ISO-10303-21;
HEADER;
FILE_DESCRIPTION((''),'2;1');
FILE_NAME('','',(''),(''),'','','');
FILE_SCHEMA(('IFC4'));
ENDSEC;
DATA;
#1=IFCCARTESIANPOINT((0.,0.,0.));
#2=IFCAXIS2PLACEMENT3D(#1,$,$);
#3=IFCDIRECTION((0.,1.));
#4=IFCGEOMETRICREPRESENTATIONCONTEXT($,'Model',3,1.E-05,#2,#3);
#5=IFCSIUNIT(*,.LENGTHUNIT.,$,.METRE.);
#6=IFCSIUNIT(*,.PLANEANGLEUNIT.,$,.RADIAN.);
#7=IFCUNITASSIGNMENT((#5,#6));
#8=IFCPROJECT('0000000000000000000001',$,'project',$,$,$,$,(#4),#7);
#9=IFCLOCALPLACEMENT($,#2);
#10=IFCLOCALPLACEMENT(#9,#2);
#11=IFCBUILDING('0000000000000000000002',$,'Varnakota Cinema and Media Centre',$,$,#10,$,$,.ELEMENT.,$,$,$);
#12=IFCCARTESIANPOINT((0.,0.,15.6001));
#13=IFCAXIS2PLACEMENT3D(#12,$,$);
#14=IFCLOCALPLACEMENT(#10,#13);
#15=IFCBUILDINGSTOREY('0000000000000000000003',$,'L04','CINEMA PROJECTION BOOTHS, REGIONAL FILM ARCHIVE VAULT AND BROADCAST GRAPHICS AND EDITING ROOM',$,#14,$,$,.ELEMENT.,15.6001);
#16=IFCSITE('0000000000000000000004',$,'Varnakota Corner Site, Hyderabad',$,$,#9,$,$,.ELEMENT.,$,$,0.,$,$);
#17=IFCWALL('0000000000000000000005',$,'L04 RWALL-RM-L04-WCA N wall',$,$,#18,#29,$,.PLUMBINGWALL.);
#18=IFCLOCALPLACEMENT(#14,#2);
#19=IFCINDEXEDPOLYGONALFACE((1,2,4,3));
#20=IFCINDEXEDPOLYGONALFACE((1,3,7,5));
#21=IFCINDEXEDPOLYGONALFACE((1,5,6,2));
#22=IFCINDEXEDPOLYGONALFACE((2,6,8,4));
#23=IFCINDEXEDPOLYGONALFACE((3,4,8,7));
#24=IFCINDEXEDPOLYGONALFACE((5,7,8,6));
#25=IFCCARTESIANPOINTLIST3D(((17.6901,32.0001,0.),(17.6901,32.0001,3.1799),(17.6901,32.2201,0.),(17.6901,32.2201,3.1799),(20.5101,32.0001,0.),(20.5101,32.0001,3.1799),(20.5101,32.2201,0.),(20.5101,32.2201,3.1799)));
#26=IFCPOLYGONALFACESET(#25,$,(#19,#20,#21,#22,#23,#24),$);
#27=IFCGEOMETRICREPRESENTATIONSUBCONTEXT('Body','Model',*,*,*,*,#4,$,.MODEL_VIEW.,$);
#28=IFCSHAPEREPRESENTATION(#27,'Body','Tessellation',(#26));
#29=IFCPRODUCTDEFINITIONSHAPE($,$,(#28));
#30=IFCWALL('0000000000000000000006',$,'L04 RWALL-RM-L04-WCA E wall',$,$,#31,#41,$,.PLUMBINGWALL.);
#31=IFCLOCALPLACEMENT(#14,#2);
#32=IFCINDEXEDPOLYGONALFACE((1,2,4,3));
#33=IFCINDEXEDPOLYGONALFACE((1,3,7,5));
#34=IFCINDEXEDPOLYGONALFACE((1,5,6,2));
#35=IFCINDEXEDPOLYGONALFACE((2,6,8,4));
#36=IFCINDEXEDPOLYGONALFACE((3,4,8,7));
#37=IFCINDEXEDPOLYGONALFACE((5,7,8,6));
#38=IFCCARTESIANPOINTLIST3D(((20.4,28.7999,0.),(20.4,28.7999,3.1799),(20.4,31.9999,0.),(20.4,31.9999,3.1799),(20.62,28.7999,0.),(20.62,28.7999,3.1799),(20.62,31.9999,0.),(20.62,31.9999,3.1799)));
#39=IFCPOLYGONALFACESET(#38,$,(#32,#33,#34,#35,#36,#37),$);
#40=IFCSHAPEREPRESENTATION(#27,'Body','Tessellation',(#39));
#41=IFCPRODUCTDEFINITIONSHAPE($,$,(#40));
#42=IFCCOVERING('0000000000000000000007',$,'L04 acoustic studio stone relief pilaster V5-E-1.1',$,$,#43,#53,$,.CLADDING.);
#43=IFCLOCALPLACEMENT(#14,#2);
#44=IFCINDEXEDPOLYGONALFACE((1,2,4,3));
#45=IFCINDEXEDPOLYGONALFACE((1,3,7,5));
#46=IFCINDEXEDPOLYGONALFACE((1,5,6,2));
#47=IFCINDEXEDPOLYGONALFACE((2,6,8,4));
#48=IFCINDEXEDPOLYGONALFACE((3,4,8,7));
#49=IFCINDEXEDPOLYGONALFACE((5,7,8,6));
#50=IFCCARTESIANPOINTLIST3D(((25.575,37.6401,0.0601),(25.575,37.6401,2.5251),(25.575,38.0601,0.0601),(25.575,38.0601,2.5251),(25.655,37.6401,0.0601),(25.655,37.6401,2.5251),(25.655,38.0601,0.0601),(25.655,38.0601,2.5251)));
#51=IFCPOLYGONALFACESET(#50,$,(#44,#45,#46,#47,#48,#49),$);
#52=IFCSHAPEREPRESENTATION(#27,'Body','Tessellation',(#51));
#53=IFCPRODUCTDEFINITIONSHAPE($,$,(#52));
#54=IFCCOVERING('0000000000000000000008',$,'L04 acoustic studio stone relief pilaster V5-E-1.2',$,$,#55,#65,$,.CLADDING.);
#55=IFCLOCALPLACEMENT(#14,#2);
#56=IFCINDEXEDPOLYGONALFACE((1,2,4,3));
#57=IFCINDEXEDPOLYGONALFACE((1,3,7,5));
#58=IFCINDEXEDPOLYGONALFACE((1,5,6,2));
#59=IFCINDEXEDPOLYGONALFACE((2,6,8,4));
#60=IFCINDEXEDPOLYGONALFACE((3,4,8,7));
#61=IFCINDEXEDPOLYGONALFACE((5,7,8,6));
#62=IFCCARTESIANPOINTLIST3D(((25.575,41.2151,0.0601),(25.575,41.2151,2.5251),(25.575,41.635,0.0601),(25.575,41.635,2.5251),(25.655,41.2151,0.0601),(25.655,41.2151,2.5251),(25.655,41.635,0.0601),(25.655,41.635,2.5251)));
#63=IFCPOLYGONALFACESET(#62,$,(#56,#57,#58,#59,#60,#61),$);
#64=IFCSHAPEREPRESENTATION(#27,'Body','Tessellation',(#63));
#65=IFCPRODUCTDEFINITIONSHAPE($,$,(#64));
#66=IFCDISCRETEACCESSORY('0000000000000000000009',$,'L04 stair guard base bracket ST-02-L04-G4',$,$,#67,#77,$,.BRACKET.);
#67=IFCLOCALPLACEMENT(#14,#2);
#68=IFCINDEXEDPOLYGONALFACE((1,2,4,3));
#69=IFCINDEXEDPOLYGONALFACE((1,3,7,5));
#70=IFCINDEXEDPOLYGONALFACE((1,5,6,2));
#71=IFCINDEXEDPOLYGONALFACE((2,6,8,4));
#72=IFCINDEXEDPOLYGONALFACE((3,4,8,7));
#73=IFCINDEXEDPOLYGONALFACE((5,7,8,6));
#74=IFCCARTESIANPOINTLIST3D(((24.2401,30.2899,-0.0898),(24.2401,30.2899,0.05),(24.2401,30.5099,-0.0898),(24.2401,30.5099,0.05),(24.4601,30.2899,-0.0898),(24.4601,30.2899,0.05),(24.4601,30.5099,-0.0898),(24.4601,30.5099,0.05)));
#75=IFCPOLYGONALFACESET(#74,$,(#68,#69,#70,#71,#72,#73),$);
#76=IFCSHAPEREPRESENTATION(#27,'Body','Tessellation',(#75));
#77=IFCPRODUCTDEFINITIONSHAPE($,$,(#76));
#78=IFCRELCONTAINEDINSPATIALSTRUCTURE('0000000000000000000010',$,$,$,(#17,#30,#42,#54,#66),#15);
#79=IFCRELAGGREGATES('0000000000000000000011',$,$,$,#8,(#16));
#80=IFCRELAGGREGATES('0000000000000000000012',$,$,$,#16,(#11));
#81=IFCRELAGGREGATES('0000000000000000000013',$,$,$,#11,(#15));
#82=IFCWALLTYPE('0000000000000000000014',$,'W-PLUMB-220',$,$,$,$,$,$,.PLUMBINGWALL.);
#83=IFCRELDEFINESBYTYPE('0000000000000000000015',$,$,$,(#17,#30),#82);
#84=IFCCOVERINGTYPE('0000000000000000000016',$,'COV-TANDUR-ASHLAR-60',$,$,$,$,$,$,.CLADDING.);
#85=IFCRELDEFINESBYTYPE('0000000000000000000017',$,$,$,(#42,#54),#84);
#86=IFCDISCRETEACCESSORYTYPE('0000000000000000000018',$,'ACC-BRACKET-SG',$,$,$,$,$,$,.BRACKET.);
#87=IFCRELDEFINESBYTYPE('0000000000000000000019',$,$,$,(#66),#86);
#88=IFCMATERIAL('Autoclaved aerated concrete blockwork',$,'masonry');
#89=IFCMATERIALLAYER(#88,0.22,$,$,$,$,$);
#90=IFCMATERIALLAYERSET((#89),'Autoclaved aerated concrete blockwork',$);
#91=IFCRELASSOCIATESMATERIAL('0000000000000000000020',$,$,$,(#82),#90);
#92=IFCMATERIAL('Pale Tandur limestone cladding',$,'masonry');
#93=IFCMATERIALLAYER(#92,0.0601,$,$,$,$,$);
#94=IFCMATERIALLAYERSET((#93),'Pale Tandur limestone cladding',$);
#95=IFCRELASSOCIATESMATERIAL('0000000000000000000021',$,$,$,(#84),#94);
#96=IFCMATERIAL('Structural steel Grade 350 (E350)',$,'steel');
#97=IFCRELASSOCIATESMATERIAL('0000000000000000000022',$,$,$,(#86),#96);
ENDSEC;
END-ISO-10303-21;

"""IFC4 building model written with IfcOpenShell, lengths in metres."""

from ifc_helpers import new_model, si_unit, direction, frame, frame_2d, origin, origin_2d, place, context, subcontext, project, spatial, rectangle, extrude, material, layer, layer_set, type_object, element, save


model = new_model("IFC4")

# Units and contexts
model_context = context("Model", 3, precision=1e-05, world=origin(), true_north=direction((0.0, 1.0)))
body_context = subcontext(model_context, "Body", "Model", "MODEL_VIEW")
ifc_project = project(units=[si_unit("LENGTHUNIT", "METRE"), si_unit("PLANEANGLEUNIT", "RADIAN")], contexts=[model_context])

# Site, building, storey
site_placement = place(None, origin())
site = spatial("IfcSite", under=ifc_project, at=site_placement, Name="Varnakota Corner Site, Hyderabad", CompositionType="ELEMENT", RefElevation=0.0)
building_placement = place(site_placement, origin())
building = spatial("IfcBuilding", under=site, at=building_placement, Name="Varnakota Cinema and Media Centre", CompositionType="ELEMENT")
storey_placement = place(building_placement, frame((0.0, 0.0, 15.6001)))
storey = spatial("IfcBuildingStorey", under=building, at=storey_placement, Name="L04", Description="CINEMA PROJECTION BOOTHS, REGIONAL FILM ARCHIVE VAULT AND BROADCAST GRAPHICS AND EDITING ROOM", CompositionType="ELEMENT", Elevation=15.6001)

# Walls
ifc_material_1 = material(Name="Autoclaved aerated concrete blockwork", Category="masonry")
ifc_layer_1 = layer(ifc_material_1, 0.22)
ifc_layer_set_1 = layer_set([ifc_layer_1], Name="Autoclaved aerated concrete blockwork")
wall_type_1 = type_object("IfcWallType", Name="W-PLUMB-220", PredefinedType="PLUMBINGWALL", material=ifc_layer_set_1)
wall_1_placement = place(storey_placement, frame((17.6899, 32.1101, 0.0), z_axis=(0.0, 0.0, 1.0), x_axis=(1.0, 0.0, 0.0)))
element("IfcWall", 1, at=wall_1_placement, inside=storey, type_object=wall_type_1, Name="L04 RWALL-RM-L04-WCA N wall", PredefinedType="PLUMBINGWALL", context=body_context, shape_type="SweptSolid", body=[
    extrude(rectangle(XDim=2.8201, YDim=0.22, at=frame_2d((1.4102, 0.0))), origin(), (0.0, 0.0, 1.0), 3.1799),
])
wall_2_placement = place(storey_placement, frame((20.51, 32.0, 0.0), z_axis=(0.0, 0.0, 1.0), x_axis=(0.0, -1.0, 0.0)))
element("IfcWall", 2, at=wall_2_placement, inside=storey, type_object=wall_type_1, Name="L04 RWALL-RM-L04-WCA E wall", PredefinedType="PLUMBINGWALL", context=body_context, shape_type="SweptSolid", body=[
    extrude(rectangle(XDim=3.2, YDim=0.22, at=frame_2d((1.6001, 0.0))), origin(), (0.0, 0.0, 1.0), 3.1799),
])

# Coverings
ifc_material_2 = material(Name="Pale Tandur limestone cladding", Category="masonry")
ifc_layer_2 = layer(ifc_material_2, 0.0601)
ifc_layer_set_2 = layer_set([ifc_layer_2], Name="Pale Tandur limestone cladding")
covering_type = type_object("IfcCoveringType", Name="COV-TANDUR-ASHLAR-60", PredefinedType="CLADDING", material=ifc_layer_set_2)
for number, where, z_axis, x_axis, name in (
    (3, (25.615, 37.8501, 0.0601), (0.0, 0.0, 1.0), (0.0, 1.0, 0.0), "L04 acoustic studio stone relief pilaster V5-E-1.1"),
    (4, (25.615, 41.425, 0.0601), (0.0, 0.0, 1.0), (0.0, 1.0, 0.0), "L04 acoustic studio stone relief pilaster V5-E-1.2"),
):
    element("IfcCovering", number, at=place(storey_placement, frame(where, z_axis=z_axis, x_axis=x_axis)), inside=storey, type_object=covering_type, Name=name, PredefinedType="CLADDING", context=body_context, shape_type="SweptSolid", body=[
        extrude(rectangle(XDim=0.4199, YDim=0.0801, at=origin_2d()), origin(), (0.0, 0.0, 1.0), 2.4651),
    ])

# Discrete accessory
ifc_material_3 = material(Name="Structural steel Grade 350 (E350)", Category="steel")
discrete_accessory_type = type_object("IfcDiscreteAccessoryType", Name="ACC-BRACKET-SG", PredefinedType="BRACKET", material=ifc_material_3)
discrete_accessory_placement = place(storey_placement, frame((24.3501, 30.3999, -0.0898), z_axis=(0.0, 0.0, 1.0), x_axis=(1.0, 0.0, 0.0)))
element("IfcDiscreteAccessory", 5, at=discrete_accessory_placement, inside=storey, type_object=discrete_accessory_type, Name="L04 stair guard base bracket ST-02-L04-G4", PredefinedType="BRACKET", context=body_context, shape_type="SweptSolid", body=[
    extrude(rectangle(XDim=0.22, YDim=0.22, at=origin_2d()), origin(), (0.0, 0.0, 1.0), 0.1399),
])

save(model, "model.ifc")
